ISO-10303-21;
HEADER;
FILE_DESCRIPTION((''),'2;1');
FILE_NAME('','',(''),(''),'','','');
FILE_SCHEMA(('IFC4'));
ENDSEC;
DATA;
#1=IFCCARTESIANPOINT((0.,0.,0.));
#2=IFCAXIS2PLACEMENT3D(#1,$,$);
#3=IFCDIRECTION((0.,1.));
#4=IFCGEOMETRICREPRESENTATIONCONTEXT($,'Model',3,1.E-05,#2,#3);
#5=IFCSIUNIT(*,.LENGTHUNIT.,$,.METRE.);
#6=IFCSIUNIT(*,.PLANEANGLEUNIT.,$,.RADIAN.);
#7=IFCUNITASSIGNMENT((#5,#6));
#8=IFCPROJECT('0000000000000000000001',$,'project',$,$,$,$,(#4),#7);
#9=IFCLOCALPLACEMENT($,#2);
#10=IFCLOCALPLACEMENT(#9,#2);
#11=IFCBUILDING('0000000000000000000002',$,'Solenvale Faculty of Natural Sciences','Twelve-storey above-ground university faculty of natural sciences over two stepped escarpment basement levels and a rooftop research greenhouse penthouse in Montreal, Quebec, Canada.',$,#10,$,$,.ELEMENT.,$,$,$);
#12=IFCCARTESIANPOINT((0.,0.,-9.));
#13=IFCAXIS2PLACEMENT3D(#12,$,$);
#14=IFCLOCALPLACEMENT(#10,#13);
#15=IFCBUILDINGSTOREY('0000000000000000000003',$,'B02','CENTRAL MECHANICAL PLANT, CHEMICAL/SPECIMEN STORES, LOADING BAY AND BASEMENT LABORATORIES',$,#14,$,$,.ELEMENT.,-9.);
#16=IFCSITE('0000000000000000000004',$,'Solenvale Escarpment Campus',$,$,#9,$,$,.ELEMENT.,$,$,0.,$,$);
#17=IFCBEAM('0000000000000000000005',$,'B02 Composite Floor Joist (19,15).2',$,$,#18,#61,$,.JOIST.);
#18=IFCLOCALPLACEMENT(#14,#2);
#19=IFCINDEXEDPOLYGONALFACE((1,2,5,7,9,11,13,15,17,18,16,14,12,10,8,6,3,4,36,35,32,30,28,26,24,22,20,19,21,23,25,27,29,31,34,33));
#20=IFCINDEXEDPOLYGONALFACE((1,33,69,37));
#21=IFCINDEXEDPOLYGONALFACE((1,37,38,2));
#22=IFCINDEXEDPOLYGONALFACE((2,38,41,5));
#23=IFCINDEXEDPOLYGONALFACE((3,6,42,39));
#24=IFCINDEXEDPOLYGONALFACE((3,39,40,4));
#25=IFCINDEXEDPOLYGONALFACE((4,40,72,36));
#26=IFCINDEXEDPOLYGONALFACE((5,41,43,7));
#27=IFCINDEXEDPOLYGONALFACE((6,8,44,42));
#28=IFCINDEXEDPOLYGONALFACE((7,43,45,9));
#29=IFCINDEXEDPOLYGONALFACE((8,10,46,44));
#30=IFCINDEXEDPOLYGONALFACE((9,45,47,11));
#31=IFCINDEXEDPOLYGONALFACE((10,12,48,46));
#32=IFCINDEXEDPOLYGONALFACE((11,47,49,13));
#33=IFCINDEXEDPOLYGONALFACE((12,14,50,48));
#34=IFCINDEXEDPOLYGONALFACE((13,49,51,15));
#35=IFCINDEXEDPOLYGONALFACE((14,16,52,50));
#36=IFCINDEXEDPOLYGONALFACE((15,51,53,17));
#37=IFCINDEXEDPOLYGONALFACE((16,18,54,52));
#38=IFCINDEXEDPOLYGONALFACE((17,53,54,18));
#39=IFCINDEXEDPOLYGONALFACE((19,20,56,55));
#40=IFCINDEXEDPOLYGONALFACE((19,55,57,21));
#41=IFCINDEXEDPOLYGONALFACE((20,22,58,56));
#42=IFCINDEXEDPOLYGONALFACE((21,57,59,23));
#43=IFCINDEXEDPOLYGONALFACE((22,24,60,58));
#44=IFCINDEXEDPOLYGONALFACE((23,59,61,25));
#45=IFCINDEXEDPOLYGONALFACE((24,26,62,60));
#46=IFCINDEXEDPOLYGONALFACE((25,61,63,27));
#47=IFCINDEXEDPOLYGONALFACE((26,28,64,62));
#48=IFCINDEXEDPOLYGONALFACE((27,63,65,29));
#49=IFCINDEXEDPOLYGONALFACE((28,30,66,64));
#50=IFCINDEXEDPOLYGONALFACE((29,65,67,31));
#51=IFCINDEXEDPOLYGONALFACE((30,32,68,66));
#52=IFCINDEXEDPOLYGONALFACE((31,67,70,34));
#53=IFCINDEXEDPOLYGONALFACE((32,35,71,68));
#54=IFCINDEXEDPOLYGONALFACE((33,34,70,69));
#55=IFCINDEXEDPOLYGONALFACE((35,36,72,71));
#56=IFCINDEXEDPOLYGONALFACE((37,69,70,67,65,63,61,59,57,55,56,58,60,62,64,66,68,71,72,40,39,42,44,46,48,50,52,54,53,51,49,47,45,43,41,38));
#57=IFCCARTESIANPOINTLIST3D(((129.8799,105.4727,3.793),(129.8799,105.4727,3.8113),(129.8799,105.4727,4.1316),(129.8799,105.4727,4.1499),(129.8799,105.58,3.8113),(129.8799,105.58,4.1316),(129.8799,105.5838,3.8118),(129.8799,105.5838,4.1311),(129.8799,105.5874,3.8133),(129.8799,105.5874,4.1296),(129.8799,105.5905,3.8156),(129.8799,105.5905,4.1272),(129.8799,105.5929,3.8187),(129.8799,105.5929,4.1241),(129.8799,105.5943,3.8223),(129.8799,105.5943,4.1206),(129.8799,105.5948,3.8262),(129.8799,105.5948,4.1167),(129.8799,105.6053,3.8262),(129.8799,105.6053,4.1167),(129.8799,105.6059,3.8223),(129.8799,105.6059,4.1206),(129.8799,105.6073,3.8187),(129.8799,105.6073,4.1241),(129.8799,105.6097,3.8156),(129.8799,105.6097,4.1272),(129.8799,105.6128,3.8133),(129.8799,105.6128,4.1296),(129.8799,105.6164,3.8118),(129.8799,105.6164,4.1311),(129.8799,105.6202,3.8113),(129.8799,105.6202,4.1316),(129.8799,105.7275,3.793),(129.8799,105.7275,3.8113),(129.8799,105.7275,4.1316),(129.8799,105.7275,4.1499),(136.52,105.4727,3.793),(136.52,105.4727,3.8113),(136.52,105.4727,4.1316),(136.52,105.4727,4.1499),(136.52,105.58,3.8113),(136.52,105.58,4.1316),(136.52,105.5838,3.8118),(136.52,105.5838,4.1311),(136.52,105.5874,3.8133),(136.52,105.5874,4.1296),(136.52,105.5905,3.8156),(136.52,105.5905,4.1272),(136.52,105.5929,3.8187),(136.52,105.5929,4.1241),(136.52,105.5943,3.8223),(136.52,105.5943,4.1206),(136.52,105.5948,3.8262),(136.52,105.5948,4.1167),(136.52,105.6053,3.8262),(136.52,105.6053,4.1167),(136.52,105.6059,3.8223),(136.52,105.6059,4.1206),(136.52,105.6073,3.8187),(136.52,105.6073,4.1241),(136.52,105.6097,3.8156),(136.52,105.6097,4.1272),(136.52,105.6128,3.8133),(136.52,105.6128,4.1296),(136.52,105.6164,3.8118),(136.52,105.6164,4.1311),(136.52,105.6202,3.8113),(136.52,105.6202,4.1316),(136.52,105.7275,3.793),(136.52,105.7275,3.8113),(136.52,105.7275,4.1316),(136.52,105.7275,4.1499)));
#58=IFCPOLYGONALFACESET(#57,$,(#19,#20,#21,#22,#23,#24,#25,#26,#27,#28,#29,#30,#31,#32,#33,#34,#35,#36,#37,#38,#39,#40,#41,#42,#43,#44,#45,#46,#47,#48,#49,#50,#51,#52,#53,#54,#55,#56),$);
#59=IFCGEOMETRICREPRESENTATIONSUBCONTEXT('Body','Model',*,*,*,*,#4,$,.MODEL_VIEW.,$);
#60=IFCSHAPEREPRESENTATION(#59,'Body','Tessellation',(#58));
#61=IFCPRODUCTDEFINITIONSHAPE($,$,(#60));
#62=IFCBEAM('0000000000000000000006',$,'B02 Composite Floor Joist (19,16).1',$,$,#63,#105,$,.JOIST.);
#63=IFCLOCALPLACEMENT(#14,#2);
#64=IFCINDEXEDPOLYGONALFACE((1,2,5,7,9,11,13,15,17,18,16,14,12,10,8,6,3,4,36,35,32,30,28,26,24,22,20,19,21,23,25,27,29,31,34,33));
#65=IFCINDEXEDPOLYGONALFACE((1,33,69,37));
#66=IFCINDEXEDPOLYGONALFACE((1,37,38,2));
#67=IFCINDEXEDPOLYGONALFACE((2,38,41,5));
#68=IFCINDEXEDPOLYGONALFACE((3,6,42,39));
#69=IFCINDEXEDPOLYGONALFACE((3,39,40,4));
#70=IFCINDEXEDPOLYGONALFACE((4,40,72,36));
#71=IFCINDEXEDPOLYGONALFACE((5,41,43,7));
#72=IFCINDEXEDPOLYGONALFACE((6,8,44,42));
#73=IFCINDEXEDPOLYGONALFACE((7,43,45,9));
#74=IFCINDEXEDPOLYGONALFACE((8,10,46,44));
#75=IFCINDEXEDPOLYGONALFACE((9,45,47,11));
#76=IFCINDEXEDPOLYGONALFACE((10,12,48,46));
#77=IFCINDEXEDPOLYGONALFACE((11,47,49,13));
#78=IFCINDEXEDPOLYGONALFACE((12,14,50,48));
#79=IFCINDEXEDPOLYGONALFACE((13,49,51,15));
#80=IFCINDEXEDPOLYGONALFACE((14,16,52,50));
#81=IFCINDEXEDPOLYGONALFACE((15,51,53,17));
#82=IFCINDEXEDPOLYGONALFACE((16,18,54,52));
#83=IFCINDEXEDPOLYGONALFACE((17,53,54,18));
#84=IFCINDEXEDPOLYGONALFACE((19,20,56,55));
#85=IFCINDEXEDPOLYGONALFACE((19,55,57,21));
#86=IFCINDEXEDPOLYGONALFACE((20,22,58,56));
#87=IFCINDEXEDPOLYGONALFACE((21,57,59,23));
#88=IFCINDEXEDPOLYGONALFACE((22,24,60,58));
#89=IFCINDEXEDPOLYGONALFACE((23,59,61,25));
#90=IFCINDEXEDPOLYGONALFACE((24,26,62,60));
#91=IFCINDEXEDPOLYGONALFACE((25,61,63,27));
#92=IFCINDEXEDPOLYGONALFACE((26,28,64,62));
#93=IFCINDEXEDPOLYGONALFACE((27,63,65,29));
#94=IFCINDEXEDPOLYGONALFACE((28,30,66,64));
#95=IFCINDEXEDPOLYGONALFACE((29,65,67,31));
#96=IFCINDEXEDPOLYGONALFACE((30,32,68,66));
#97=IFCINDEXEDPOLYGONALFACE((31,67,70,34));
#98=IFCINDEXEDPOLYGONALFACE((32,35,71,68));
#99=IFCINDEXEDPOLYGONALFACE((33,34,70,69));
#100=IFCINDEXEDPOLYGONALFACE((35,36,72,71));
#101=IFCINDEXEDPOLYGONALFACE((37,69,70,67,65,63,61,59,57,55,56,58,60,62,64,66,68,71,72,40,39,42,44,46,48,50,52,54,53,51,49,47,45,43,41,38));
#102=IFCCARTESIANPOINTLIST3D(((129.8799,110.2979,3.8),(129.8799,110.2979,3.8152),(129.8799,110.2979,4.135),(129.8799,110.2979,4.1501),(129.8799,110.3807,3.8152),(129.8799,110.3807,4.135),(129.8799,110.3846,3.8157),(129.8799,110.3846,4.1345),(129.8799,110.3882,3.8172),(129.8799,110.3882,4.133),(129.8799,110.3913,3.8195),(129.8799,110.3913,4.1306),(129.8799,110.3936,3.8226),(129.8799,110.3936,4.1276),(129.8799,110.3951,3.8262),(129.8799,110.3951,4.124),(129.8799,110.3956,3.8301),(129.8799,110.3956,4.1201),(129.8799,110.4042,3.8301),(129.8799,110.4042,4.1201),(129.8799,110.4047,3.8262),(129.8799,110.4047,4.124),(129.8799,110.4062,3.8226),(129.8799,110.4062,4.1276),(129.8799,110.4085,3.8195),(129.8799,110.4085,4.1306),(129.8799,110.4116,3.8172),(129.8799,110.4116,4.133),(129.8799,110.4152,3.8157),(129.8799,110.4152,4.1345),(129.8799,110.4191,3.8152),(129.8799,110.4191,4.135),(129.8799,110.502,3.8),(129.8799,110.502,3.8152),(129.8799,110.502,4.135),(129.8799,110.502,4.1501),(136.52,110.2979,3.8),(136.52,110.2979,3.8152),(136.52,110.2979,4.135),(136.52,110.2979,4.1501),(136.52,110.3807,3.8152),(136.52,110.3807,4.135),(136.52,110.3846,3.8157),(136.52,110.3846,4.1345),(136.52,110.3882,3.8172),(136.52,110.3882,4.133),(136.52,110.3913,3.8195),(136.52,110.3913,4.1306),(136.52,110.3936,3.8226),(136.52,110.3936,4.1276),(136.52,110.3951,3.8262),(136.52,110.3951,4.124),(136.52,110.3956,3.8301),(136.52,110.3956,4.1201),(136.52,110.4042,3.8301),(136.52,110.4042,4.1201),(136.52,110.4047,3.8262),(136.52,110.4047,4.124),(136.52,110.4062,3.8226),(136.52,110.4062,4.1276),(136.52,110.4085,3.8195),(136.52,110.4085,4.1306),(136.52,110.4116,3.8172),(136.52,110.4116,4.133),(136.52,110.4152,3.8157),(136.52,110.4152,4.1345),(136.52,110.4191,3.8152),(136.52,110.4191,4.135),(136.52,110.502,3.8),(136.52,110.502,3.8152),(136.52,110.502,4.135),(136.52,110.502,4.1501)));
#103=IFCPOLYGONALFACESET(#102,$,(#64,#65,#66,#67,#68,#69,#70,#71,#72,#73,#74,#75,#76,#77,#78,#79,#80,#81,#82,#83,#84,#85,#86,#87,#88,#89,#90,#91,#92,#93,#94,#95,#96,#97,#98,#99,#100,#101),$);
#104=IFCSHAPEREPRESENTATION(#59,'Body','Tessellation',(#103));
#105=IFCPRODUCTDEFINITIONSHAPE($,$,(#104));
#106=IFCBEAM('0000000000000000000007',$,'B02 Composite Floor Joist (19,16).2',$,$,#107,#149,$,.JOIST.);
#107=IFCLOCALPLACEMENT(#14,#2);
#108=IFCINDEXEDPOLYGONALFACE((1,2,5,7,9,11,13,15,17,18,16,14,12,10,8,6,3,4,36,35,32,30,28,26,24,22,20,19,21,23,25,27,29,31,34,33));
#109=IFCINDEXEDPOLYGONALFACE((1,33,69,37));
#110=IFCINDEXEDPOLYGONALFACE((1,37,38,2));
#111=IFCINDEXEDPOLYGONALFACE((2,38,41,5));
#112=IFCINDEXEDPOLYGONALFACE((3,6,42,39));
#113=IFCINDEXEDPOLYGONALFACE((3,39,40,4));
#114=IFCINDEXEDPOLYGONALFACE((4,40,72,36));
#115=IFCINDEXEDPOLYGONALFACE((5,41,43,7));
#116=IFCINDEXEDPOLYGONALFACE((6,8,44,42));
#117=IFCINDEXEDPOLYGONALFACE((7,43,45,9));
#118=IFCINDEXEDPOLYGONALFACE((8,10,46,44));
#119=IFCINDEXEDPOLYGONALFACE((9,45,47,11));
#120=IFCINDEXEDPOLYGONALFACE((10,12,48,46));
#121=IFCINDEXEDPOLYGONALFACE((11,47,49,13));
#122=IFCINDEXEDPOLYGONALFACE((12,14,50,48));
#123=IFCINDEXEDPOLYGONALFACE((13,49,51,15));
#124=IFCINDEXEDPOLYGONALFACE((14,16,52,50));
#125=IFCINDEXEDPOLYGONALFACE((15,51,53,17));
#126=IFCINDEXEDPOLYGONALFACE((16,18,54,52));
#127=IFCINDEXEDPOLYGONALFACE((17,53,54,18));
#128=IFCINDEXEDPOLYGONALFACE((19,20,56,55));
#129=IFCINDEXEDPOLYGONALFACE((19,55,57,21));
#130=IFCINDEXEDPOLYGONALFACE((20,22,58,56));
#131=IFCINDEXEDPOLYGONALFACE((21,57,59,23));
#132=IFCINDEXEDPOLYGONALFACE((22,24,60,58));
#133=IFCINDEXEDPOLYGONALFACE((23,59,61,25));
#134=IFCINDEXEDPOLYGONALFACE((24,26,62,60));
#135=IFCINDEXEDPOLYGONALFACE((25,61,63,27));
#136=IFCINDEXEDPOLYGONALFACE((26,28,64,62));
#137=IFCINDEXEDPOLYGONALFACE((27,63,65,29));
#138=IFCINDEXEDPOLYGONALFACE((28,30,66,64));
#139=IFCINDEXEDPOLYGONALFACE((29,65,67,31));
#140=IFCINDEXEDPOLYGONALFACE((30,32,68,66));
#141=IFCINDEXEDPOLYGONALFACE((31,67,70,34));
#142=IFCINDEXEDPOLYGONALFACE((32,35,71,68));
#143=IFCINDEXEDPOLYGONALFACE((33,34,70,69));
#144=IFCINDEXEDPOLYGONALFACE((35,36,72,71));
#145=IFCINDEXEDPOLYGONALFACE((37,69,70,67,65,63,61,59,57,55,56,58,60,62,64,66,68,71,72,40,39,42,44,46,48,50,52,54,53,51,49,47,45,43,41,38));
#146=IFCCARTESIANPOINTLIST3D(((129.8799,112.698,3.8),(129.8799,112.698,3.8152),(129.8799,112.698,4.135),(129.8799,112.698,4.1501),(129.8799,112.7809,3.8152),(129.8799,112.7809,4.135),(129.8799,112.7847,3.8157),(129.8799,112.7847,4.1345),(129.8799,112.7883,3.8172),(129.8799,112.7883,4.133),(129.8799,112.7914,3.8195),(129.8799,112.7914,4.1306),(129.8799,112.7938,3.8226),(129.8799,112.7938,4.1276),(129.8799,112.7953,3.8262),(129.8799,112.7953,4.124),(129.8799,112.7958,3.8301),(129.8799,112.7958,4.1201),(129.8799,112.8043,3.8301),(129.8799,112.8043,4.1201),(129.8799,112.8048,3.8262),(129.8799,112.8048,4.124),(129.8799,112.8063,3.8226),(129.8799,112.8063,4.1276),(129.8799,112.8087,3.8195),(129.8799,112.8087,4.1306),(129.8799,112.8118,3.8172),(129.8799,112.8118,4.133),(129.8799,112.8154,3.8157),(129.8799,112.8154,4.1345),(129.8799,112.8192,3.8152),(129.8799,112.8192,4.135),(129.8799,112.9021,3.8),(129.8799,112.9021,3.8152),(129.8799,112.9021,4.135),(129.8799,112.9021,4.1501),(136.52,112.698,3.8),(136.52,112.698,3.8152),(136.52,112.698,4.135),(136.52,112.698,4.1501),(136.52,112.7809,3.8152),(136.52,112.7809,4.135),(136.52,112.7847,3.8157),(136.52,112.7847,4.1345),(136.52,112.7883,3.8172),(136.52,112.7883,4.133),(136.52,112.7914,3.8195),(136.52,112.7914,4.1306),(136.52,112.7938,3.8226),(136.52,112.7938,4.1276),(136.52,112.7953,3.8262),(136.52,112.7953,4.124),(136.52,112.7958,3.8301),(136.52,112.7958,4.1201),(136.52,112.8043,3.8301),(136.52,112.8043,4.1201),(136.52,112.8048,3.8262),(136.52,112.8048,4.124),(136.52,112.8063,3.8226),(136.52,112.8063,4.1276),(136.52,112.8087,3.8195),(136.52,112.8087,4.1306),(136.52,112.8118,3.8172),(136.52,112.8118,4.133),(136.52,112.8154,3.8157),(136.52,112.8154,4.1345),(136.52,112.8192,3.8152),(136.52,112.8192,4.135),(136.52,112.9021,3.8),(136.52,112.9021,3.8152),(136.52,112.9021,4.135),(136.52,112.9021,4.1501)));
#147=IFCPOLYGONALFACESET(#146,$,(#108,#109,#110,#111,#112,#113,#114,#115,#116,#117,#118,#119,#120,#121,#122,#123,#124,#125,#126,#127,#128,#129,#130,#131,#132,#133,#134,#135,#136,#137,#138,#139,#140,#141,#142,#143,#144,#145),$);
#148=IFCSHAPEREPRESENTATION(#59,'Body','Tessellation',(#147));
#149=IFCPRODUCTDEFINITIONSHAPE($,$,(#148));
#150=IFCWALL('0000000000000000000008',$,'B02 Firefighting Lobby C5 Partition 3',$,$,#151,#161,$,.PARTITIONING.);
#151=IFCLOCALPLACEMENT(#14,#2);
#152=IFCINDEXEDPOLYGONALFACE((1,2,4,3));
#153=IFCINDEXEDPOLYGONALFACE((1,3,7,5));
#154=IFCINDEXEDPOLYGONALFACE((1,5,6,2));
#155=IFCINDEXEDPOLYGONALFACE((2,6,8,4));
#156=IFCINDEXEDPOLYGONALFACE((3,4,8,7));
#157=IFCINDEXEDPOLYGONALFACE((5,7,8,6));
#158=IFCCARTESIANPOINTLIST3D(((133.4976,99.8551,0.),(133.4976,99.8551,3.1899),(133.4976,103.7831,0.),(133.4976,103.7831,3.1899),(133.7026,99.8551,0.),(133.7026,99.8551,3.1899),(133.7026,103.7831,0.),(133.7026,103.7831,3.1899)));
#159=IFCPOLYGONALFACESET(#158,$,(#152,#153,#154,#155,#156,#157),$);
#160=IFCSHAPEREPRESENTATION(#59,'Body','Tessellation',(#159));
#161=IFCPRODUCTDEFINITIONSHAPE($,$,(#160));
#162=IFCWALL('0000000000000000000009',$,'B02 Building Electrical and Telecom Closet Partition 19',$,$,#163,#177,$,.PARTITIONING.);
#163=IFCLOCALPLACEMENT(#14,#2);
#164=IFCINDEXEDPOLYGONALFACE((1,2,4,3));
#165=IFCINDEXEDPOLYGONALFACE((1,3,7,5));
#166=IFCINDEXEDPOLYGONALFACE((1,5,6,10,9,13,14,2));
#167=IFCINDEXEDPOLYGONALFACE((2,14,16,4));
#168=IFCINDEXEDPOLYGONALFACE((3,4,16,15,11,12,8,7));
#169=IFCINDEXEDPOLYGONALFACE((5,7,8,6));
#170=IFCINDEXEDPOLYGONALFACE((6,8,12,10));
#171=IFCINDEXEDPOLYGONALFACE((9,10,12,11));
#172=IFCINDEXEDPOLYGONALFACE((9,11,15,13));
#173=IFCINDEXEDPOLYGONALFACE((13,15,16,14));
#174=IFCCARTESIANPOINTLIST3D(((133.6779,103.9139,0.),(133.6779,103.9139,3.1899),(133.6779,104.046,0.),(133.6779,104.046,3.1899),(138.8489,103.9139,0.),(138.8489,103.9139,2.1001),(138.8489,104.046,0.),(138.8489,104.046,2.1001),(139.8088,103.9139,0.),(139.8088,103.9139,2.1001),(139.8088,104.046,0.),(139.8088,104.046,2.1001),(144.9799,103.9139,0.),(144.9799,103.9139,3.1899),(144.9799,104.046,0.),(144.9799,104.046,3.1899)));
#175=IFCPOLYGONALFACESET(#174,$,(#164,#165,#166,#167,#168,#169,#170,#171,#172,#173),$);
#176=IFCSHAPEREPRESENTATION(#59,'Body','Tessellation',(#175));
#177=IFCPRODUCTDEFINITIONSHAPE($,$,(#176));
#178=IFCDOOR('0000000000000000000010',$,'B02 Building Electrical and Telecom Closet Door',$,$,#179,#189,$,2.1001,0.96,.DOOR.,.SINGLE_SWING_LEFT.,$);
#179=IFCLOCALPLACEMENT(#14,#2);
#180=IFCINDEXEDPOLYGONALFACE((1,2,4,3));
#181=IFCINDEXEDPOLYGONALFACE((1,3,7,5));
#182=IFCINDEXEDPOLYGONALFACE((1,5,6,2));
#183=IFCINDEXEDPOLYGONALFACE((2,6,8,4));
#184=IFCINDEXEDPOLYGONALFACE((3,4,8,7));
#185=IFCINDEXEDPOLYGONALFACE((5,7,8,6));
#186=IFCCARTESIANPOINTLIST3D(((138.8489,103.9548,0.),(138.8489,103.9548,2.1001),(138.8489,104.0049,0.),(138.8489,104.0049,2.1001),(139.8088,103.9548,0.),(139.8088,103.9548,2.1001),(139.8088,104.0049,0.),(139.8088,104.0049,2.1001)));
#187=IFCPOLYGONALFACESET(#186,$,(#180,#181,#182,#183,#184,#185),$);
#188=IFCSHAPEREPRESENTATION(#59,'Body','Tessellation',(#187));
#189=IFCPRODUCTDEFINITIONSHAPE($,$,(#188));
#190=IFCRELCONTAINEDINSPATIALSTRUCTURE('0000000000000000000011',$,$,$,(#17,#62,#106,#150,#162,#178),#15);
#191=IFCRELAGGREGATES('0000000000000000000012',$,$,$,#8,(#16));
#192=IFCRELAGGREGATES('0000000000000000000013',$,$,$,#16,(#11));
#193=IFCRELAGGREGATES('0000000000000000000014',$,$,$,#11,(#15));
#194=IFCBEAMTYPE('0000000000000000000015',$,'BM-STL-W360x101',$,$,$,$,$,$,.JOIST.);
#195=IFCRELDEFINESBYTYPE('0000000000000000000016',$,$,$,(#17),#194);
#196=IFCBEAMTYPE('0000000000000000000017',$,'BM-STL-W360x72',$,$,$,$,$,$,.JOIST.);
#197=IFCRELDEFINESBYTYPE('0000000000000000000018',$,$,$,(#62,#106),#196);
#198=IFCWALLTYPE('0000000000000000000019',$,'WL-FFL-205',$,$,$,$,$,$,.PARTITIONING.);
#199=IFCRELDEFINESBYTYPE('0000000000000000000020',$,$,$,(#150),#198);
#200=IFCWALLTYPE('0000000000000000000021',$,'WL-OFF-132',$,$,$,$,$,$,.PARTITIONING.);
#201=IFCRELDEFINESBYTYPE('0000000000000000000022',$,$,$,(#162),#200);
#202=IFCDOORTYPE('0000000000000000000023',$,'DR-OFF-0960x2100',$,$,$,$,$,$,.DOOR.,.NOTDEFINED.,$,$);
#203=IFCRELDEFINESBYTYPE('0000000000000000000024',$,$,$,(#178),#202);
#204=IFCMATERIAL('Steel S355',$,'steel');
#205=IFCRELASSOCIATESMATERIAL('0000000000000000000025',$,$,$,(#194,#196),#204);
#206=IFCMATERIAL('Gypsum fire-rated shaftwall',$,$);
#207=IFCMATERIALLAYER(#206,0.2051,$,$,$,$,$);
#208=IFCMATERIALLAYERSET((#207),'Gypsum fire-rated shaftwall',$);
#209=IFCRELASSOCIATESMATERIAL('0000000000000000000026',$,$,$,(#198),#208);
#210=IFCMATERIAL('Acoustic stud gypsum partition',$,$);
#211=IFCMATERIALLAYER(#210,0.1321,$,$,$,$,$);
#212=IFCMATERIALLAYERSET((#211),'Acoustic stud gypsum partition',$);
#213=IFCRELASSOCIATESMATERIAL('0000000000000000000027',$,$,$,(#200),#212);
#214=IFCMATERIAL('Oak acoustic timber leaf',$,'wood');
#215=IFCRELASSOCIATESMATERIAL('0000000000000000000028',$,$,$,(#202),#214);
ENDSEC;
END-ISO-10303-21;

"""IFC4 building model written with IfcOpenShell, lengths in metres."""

from ifc_helpers import new_model, si_unit, direction, frame, frame_2d, origin, origin_2d, place, context, subcontext, project, spatial, rectangle, i_section, extrude, material, layer, layer_set, material_profile, profile_set, type_object, element, fill, save


model = new_model("IFC4")

# Units and contexts
model_context = context("Model", 3, precision=1e-05, world=origin(), true_north=direction((0.0, 1.0)))
body_context = subcontext(model_context, "Body", "Model", "MODEL_VIEW")
ifc_project = project(units=[si_unit("LENGTHUNIT", "METRE"), si_unit("PLANEANGLEUNIT", "RADIAN")], contexts=[model_context])

# Site, building, storey
site_placement = place(None, origin())
site = spatial("IfcSite", under=ifc_project, at=site_placement, Name="Solenvale Escarpment Campus", CompositionType="ELEMENT", RefElevation=0.0)
building_placement = place(site_placement, origin())
building = spatial("IfcBuilding", under=site, at=building_placement, Name="Solenvale Faculty of Natural Sciences", Description="Twelve-storey above-ground university faculty of natural sciences over two stepped escarpment basement levels and a rooftop research greenhouse penthouse in Montreal, Quebec, Canada.", CompositionType="ELEMENT")
storey_placement = place(building_placement, frame((0.0, 0.0, -9.0)))
storey = spatial("IfcBuildingStorey", under=building, at=storey_placement, Name="B02", Description="CENTRAL MECHANICAL PLANT, CHEMICAL/SPECIMEN STORES, LOADING BAY AND BASEMENT LABORATORIES", CompositionType="ELEMENT", Elevation=-9.0)

# Beams
ifc_material_1 = material(Name="Steel S355", Category="steel")
ifc_material_profile_1 = material_profile(ifc_material_1, i_section(OverallWidth=0.2549, OverallDepth=0.3569, WebThickness=0.0105, FlangeThickness=0.0183, FilletRadius=0.0149, at=origin_2d()), Name="W360x101")
ifc_profile_set_1 = profile_set([ifc_material_profile_1], Name="Steel S355")
beam_type_1 = type_object("IfcBeamType", Name="BM-STL-W360x101", PredefinedType="JOIST", material=ifc_profile_set_1)
for number, where, z_axis, x_axis, name in (
    (1, (129.8799, 105.6001, 3.9714), (1.0, 0.0, 0.0), (0.0, 1.0, 0.0), "B02 Composite Floor Joist (19,15).2"),
):
    element("IfcBeam", number, at=place(storey_placement, frame(where, z_axis=z_axis, x_axis=x_axis)), inside=storey, type_object=beam_type_1, Name=name, PredefinedType="JOIST", context=body_context, shape_type="SweptSolid", body=[
        extrude(i_section(OverallWidth=0.2549, OverallDepth=0.3569, WebThickness=0.0105, FlangeThickness=0.0183, FilletRadius=0.0149, at=origin_2d()), origin(), (0.0, 0.0, 1.0), 6.6401),
    ])
ifc_material_profile_2 = material_profile(ifc_material_1, i_section(OverallWidth=0.2041, OverallDepth=0.3501, WebThickness=0.0085, FlangeThickness=0.0151, FilletRadius=0.0149, at=origin_2d()), Name="W360x72")
ifc_profile_set_2 = profile_set([ifc_material_profile_2], Name="Steel S355")
beam_type_2 = type_object("IfcBeamType", Name="BM-STL-W360x72", PredefinedType="JOIST", material=ifc_profile_set_2)
for number, where, z_axis, x_axis, name in (
    (2, (129.8799, 110.3999, 3.9751), (1.0, 0.0, 0.0), (0.0, 1.0, 0.0), "B02 Composite Floor Joist (19,16).1"),
    (3, (129.8799, 112.8, 3.9751), (1.0, 0.0, 0.0), (0.0, 1.0, 0.0), "B02 Composite Floor Joist (19,16).2"),
):
    element("IfcBeam", number, at=place(storey_placement, frame(where, z_axis=z_axis, x_axis=x_axis)), inside=storey, type_object=beam_type_2, Name=name, PredefinedType="JOIST", context=body_context, shape_type="SweptSolid", body=[
        extrude(i_section(OverallWidth=0.2041, OverallDepth=0.3501, WebThickness=0.0085, FlangeThickness=0.0151, FilletRadius=0.0149, at=origin_2d()), origin(), (0.0, 0.0, 1.0), 6.6401),
    ])

# Shared definitions
ifc_material_2 = material(Name="Gypsum fire-rated shaftwall")
ifc_layer_1 = layer(ifc_material_2, 0.2051)
ifc_layer_set_1 = layer_set([ifc_layer_1], Name="Gypsum fire-rated shaftwall")
wall_type_1 = type_object("IfcWallType", Name="WL-FFL-205", PredefinedType="PARTITIONING", material=ifc_layer_set_1)

# Wall
wall_1_placement = place(storey_placement, frame((133.6001, 103.783, 0.0), z_axis=(0.0, 0.0, 1.0), x_axis=(0.0, -1.0, 0.0)))
element("IfcWall", 4, at=wall_1_placement, inside=storey, type_object=wall_type_1, Name="B02 Firefighting Lobby C5 Partition 3", PredefinedType="PARTITIONING", context=body_context, shape_type="SweptSolid", body=[
    extrude(rectangle(XDim=3.928, YDim=0.2051, at=frame_2d((1.9639, 0.0))), origin(), (0.0, 0.0, 1.0), 3.1899),
])

# Wall, opening, door
ifc_material_3 = material(Name="Acoustic stud gypsum partition")
ifc_layer_2 = layer(ifc_material_3, 0.1321)
ifc_layer_set_2 = layer_set([ifc_layer_2], Name="Acoustic stud gypsum partition")
wall_type_2 = type_object("IfcWallType", Name="WL-OFF-132", PredefinedType="PARTITIONING", material=ifc_layer_set_2)
wall_2_placement = place(storey_placement, frame((133.678, 103.98, 0.0), z_axis=(0.0, 0.0, 1.0), x_axis=(1.0, 0.0, 0.0)))
wall_2 = element("IfcWall", 5, at=wall_2_placement, inside=storey, type_object=wall_type_2, Name="B02 Building Electrical and Telecom Closet Partition 19", PredefinedType="PARTITIONING", context=body_context, shape_type="SweptSolid", body=[
    extrude(rectangle(XDim=11.302, YDim=0.1321, at=frame_2d((5.6509, 0.0))), origin(), (0.0, 0.0, 1.0), 3.1899),
])
opening_1_placement = place(wall_2_placement, frame((5.1709, 0.0, 0.0)))
opening_1 = element("IfcOpeningElement", 6, at=opening_1_placement, cuts=wall_2, PredefinedType="OPENING", context=body_context, shape_type="SweptSolid", body=[
    extrude(rectangle(XDim=0.96, YDim=2.1001, at=frame_2d((0.48, 1.05))), frame((0.0, 0.0759, 0.0), z_axis=(0.0, -1.0, 0.0), x_axis=(1.0, 0.0, 0.0)), (0.0, 0.0, 1.0), 0.1521),
])
ifc_material_4 = material(Name="Oak acoustic timber leaf", Category="wood")
door_type_1 = type_object("IfcDoorType", Name="DR-OFF-0960x2100", OperationType="NOTDEFINED", PredefinedType="DOOR", material=ifc_material_4)
door_1_placement = place(opening_1_placement, origin())
door_1 = element("IfcDoor", 7, at=door_1_placement, inside=storey, type_object=door_type_1, Name="B02 Building Electrical and Telecom Closet Door", OperationType="SINGLE_SWING_LEFT", OverallHeight=2.1001, OverallWidth=0.96, PredefinedType="DOOR", context=body_context, shape_type="SweptSolid", body=[
    extrude(rectangle(XDim=0.96, YDim=2.1001, at=frame_2d((0.48, 1.05))), frame((0.0, 0.0249, 0.0), z_axis=(0.0, -1.0, 0.0), x_axis=(1.0, 0.0, 0.0)), (0.0, 0.0, 1.0), 0.05),
])
fill(opening_1, door_1)

save(model, "model.ifc")
